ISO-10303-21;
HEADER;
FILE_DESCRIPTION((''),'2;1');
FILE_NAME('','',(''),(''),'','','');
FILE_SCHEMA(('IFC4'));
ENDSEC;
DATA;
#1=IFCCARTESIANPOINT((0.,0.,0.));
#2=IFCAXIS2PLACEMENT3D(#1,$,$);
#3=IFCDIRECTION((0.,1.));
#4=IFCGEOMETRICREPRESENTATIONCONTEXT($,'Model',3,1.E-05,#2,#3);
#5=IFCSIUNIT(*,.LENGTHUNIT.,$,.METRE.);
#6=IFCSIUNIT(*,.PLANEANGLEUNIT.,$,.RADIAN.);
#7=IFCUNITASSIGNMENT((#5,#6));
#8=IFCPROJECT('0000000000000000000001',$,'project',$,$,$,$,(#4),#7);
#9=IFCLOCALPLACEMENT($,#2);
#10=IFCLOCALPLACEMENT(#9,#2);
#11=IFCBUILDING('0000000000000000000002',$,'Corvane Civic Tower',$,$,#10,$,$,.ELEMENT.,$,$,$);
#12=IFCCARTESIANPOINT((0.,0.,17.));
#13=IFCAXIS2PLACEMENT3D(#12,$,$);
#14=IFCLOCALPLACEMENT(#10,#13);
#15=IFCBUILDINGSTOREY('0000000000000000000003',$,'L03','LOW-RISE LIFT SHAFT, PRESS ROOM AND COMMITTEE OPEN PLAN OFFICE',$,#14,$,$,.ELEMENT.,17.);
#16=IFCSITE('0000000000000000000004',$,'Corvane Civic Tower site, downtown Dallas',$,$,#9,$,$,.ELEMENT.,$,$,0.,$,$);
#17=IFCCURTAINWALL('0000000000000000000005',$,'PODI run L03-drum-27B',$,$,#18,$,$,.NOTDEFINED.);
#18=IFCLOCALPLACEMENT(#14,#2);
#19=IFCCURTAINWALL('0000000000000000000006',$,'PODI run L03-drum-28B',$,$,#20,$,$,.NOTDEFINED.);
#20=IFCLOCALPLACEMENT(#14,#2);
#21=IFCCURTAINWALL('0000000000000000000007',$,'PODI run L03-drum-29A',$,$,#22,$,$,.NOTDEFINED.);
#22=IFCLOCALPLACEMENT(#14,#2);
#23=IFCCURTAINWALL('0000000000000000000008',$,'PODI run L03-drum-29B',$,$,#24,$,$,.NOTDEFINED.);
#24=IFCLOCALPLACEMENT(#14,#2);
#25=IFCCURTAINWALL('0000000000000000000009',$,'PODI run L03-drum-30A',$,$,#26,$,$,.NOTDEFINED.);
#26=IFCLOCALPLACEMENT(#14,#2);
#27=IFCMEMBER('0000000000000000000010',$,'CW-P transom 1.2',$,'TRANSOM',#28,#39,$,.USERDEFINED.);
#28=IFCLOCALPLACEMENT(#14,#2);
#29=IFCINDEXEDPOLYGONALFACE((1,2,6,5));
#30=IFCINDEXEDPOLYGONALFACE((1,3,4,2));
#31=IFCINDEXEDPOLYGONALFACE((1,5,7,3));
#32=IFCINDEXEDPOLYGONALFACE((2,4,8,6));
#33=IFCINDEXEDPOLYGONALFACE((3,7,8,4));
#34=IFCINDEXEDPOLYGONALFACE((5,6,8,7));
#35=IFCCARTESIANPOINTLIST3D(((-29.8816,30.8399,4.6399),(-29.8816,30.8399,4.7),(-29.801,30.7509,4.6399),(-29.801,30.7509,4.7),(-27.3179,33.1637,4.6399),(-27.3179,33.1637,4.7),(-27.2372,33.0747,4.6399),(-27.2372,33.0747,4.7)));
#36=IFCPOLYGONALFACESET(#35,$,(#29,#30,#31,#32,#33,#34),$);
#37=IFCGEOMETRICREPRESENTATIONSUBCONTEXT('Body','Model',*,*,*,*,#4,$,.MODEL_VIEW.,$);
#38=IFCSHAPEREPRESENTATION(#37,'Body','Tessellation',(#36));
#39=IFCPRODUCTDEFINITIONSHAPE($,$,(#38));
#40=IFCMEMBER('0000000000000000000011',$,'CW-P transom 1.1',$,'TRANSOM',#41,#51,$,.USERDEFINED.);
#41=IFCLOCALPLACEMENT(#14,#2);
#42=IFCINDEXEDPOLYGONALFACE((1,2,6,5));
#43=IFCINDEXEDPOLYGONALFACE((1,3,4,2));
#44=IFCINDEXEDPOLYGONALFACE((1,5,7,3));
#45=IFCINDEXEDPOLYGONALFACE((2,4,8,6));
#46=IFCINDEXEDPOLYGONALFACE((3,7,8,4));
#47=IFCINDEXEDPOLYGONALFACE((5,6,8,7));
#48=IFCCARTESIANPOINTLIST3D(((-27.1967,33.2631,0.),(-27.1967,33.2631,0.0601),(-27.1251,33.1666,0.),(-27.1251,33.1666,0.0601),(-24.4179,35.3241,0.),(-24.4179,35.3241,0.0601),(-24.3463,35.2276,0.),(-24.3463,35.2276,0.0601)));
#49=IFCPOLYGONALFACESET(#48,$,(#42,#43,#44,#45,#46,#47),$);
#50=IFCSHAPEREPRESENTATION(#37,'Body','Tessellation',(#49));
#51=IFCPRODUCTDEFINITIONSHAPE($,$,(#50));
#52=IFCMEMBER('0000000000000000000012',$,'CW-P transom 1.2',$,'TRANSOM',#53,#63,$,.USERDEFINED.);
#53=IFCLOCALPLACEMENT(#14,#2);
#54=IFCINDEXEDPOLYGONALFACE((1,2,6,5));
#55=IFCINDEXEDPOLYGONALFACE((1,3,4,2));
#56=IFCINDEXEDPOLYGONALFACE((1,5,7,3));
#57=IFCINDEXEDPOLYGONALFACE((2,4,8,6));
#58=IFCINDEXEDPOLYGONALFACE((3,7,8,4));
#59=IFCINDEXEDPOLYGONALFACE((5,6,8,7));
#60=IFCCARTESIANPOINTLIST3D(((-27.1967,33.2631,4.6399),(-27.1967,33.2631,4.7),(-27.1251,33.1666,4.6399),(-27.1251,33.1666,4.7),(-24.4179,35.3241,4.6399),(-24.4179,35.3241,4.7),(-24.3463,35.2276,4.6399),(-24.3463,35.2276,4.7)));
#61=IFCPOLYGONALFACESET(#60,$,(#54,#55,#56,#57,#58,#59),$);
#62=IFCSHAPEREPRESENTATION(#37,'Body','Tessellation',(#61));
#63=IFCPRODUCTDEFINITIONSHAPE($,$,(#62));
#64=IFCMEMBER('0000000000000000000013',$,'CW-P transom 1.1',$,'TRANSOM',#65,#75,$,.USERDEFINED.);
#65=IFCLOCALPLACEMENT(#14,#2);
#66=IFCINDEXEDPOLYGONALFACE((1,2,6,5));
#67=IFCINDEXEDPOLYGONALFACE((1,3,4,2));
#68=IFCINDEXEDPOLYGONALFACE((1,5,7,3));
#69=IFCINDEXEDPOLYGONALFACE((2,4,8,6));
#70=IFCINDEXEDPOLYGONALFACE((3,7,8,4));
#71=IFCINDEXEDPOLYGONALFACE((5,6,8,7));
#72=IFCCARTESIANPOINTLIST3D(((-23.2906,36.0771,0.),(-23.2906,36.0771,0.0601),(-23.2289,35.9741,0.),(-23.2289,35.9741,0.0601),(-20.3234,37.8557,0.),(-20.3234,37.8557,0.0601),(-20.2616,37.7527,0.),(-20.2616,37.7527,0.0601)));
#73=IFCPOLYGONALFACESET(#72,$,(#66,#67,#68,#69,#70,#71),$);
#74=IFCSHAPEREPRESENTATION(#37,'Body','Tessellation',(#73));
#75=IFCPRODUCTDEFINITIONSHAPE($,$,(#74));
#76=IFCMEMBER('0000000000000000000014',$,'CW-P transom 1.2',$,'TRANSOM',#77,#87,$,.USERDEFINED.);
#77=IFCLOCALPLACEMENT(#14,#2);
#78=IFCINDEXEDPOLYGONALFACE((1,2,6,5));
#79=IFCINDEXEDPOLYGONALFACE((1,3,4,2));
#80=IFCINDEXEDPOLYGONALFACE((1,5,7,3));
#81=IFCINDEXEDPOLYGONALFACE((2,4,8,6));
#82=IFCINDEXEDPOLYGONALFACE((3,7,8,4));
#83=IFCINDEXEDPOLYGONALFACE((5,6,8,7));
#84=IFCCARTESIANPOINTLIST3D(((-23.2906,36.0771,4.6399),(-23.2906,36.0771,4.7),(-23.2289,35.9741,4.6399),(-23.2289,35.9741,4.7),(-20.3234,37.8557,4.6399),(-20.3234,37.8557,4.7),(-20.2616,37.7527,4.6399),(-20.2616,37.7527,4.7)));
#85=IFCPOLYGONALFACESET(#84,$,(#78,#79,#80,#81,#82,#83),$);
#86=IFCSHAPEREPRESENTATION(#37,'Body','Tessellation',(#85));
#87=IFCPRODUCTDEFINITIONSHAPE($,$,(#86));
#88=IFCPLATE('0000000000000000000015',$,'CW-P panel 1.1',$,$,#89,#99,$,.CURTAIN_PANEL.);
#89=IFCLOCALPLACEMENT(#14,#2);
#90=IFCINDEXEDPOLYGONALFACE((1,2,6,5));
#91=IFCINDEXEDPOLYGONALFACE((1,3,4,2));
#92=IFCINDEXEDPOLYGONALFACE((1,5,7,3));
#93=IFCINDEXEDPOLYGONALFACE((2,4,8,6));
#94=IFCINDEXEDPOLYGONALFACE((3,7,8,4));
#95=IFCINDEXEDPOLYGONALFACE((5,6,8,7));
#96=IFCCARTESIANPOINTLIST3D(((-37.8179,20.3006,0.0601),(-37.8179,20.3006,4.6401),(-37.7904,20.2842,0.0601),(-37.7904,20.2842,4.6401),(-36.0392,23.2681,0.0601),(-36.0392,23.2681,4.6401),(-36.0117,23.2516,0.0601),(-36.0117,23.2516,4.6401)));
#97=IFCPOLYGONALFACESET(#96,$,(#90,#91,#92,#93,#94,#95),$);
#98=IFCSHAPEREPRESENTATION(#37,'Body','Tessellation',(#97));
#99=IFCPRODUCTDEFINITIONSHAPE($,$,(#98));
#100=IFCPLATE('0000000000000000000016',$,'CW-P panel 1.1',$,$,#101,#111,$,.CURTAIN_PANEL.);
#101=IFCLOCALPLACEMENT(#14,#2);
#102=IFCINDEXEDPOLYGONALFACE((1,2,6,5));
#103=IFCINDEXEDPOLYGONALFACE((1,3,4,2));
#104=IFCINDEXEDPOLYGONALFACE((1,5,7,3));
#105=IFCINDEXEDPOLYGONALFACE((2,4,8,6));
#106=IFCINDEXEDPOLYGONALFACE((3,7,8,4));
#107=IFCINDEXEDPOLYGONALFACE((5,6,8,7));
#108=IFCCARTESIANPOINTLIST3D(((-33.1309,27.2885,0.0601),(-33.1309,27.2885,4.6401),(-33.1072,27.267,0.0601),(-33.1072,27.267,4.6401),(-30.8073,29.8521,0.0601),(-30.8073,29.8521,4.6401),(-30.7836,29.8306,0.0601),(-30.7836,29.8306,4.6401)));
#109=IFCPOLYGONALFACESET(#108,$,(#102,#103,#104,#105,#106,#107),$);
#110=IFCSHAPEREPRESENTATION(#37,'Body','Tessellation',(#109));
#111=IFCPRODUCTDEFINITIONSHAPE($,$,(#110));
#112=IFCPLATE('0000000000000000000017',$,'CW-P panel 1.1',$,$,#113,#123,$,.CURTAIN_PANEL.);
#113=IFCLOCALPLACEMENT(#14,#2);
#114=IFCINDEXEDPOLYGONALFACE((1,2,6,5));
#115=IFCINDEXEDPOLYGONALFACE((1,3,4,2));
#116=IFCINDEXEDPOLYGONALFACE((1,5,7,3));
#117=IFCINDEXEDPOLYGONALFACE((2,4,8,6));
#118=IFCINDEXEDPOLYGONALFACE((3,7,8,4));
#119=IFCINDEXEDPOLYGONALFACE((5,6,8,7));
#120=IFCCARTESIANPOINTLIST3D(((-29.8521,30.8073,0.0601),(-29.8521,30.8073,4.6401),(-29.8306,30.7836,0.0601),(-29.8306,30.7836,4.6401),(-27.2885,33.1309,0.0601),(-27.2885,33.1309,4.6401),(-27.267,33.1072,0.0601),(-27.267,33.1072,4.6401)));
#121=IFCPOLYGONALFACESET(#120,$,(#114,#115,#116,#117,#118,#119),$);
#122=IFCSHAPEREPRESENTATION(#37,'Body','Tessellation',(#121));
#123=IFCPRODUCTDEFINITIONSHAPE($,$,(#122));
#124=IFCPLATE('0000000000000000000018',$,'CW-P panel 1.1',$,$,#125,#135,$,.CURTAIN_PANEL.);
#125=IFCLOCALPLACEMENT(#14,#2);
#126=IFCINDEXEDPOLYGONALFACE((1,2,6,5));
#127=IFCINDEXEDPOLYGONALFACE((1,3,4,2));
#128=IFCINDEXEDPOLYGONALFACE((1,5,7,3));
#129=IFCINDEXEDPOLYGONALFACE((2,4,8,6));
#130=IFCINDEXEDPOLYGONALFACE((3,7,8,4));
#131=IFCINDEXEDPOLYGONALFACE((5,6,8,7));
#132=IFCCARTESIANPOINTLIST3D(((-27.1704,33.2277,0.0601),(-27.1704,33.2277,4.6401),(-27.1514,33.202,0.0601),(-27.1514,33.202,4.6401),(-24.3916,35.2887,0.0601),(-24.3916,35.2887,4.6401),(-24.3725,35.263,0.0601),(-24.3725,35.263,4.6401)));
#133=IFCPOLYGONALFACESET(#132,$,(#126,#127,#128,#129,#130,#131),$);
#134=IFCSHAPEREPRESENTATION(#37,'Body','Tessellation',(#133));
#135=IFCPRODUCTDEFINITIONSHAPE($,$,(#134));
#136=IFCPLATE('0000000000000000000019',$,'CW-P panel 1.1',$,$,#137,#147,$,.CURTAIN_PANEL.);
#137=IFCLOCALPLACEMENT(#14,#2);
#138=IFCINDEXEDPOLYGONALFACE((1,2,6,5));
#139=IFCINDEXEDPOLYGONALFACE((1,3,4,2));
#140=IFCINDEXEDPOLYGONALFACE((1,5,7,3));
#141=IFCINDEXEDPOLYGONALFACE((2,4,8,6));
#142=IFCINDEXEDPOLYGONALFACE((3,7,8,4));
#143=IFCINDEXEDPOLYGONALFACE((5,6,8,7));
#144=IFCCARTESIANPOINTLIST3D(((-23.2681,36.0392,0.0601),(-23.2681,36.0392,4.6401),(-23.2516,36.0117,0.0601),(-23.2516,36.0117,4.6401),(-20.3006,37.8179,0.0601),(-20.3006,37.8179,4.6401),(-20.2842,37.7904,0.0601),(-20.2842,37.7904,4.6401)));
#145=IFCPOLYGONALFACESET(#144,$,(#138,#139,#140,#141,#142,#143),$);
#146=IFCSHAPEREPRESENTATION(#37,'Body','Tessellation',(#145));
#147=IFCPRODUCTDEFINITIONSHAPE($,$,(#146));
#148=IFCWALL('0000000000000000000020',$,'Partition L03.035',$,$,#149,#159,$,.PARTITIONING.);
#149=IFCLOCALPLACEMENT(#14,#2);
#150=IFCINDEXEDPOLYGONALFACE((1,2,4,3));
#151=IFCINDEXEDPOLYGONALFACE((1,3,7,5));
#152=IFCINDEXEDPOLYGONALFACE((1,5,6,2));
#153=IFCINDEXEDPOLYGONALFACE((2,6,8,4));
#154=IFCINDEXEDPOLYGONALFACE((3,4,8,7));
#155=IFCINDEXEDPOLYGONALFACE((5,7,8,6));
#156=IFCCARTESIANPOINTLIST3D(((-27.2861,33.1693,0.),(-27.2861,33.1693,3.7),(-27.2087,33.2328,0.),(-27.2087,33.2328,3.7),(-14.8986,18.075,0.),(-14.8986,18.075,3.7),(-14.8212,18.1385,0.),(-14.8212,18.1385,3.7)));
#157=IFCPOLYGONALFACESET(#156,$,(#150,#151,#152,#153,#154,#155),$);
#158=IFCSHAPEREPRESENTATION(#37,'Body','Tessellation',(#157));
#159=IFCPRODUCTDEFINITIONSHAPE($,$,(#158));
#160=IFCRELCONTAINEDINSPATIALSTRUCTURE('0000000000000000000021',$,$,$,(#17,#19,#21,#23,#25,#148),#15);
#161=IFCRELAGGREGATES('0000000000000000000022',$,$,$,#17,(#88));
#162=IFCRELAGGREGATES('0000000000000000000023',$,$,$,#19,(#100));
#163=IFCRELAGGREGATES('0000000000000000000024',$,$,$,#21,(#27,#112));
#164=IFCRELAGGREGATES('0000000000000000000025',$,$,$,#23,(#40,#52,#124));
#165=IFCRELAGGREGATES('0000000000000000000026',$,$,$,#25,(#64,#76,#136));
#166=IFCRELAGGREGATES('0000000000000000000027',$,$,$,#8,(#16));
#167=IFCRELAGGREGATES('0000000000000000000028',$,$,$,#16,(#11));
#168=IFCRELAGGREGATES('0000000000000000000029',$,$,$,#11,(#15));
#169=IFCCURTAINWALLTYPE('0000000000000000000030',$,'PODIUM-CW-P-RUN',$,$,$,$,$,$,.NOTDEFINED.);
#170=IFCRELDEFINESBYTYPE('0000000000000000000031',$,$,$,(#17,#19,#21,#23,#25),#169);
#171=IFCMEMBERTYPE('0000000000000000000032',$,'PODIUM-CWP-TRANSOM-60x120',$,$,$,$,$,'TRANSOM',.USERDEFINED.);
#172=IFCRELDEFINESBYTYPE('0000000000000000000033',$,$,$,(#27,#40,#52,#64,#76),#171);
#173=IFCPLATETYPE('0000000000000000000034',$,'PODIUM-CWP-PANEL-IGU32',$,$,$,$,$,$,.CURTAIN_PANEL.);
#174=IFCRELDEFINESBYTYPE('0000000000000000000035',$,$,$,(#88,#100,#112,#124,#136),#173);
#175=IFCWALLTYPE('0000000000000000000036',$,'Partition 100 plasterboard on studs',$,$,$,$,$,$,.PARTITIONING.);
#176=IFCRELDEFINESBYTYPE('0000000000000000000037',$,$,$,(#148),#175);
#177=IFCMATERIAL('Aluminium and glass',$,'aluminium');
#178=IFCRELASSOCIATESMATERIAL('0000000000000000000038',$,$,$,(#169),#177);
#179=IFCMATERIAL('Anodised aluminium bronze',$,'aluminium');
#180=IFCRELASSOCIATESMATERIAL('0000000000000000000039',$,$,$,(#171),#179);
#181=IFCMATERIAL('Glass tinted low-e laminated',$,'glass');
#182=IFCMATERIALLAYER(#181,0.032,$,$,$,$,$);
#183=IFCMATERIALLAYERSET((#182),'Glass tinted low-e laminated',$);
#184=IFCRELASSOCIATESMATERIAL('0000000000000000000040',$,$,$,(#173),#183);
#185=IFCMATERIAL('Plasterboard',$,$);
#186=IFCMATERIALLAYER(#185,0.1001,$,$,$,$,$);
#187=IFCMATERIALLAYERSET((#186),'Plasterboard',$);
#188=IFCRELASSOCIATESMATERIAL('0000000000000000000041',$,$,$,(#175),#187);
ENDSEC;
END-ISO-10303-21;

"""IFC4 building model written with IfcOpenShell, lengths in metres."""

from ifc_helpers import new_model, si_unit, direction, frame, frame_2d, origin, origin_2d, place, context, subcontext, project, spatial, rectangle, extrude, material, layer, layer_set, material_profile, profile_set, type_object, element, aggregate, save


model = new_model("IFC4")

# Units and contexts
model_context = context("Model", 3, precision=1e-05, world=origin(), true_north=direction((0.0, 1.0)))
body_context = subcontext(model_context, "Body", "Model", "MODEL_VIEW")
ifc_project = project(units=[si_unit("LENGTHUNIT", "METRE"), si_unit("PLANEANGLEUNIT", "RADIAN")], contexts=[model_context])

# Site, building, storey
site_placement = place(None, origin())
site = spatial("IfcSite", under=ifc_project, at=site_placement, Name="Corvane Civic Tower site, downtown Dallas", CompositionType="ELEMENT", RefElevation=0.0)
building_placement = place(site_placement, origin())
building = spatial("IfcBuilding", under=site, at=building_placement, Name="Corvane Civic Tower", CompositionType="ELEMENT")
storey_placement = place(building_placement, frame((0.0, 0.0, 17.0)))
storey = spatial("IfcBuildingStorey", under=building, at=storey_placement, Name="L03", Description="LOW-RISE LIFT SHAFT, PRESS ROOM AND COMMITTEE OPEN PLAN OFFICE", CompositionType="ELEMENT", Elevation=17.0)

# Curtain wall
ifc_material_1 = material(Name="Aluminium and glass", Category="aluminium")
curtain_wall_type = type_object("IfcCurtainWallType", Name="PODIUM-CW-P-RUN", PredefinedType="NOTDEFINED", material=ifc_material_1)
curtain_wall_1_placement = place(storey_placement, origin())
curtain_wall_1 = element("IfcCurtainWall", 1, at=curtain_wall_1_placement, inside=storey, type_object=curtain_wall_type, Name="PODI run L03-drum-27B", PredefinedType="NOTDEFINED")

# Curtain walls
curtain_wall_2_placement = place(storey_placement, origin())
curtain_wall_2 = element("IfcCurtainWall", 2, at=curtain_wall_2_placement, inside=storey, type_object=curtain_wall_type, Name="PODI run L03-drum-28B", PredefinedType="NOTDEFINED")
curtain_wall_3_placement = place(storey_placement, origin())
curtain_wall_3 = element("IfcCurtainWall", 3, at=curtain_wall_3_placement, inside=storey, type_object=curtain_wall_type, Name="PODI run L03-drum-29A", PredefinedType="NOTDEFINED")
curtain_wall_4_placement = place(storey_placement, origin())
curtain_wall_4 = element("IfcCurtainWall", 4, at=curtain_wall_4_placement, inside=storey, type_object=curtain_wall_type, Name="PODI run L03-drum-29B", PredefinedType="NOTDEFINED")

# Curtain wall
curtain_wall_5_placement = place(storey_placement, origin())
curtain_wall_5 = element("IfcCurtainWall", 5, at=curtain_wall_5_placement, inside=storey, type_object=curtain_wall_type, Name="PODI run L03-drum-30A", PredefinedType="NOTDEFINED")

# Members
ifc_material_2 = material(Name="Anodised aluminium bronze", Category="aluminium")
ifc_material_profile_1 = material_profile(ifc_material_2, rectangle(XDim=0.1201, YDim=0.0601, at=origin_2d()), Name="AL 120x60")
ifc_profile_set_1 = profile_set([ifc_material_profile_1], Name="Anodised aluminium bronze")
member_type_1 = type_object("IfcMemberType", Name="PODIUM-CWP-TRANSOM-60x120", ElementType="TRANSOM", PredefinedType="USERDEFINED", material=ifc_profile_set_1)
member_1_placement = place(storey_placement, frame((-29.8413, 30.7954, 4.6699), z_axis=(0.740935, 0.671576, 0.0), x_axis=(-0.671576, 0.740935, 0.0)))
member_1 = element("IfcMember", 6, at=member_1_placement, type_object=member_type_1, Name="CW-P transom 1.2", ObjectType="TRANSOM", PredefinedType="USERDEFINED", context=body_context, shape_type="SweptSolid", body=[
    extrude(rectangle(XDim=0.1201, YDim=0.0601, at=origin_2d()), origin(), (0.0, 0.0, 1.0), 3.4602),
])
member_2_placement = place(storey_placement, frame((-27.1609, 33.2148, 0.03), z_axis=(0.80319, 0.595724, 0.0), x_axis=(-0.595724, 0.80319, 0.0)))
member_2 = element("IfcMember", 7, at=member_2_placement, type_object=member_type_1, Name="CW-P transom 1.1", ObjectType="TRANSOM", PredefinedType="USERDEFINED", context=body_context, shape_type="SweptSolid", body=[
    extrude(rectangle(XDim=0.1201, YDim=0.0601, at=origin_2d()), origin(), (0.0, 0.0, 1.0), 3.4597),
])
member_3_placement = place(storey_placement, frame((-27.1609, 33.2148, 4.6699), z_axis=(0.80319, 0.595724, 0.0), x_axis=(-0.595724, 0.80319, 0.0)))
member_3 = element("IfcMember", 8, at=member_3_placement, type_object=member_type_1, Name="CW-P transom 1.2", ObjectType="TRANSOM", PredefinedType="USERDEFINED", context=body_context, shape_type="SweptSolid", body=[
    extrude(rectangle(XDim=0.1201, YDim=0.0601, at=origin_2d()), origin(), (0.0, 0.0, 1.0), 3.4597),
])
member_4_placement = place(storey_placement, frame((-23.2598, 36.0256, 0.03), z_axis=(0.857723, 0.514112, 0.0), x_axis=(-0.514112, 0.857723, 0.0)))
member_4 = element("IfcMember", 9, at=member_4_placement, type_object=member_type_1, Name="CW-P transom 1.1", ObjectType="TRANSOM", PredefinedType="USERDEFINED", context=body_context, shape_type="SweptSolid", body=[
    extrude(rectangle(XDim=0.1201, YDim=0.0601, at=origin_2d()), origin(), (0.0, 0.0, 1.0), 3.4595),
])
member_5_placement = place(storey_placement, frame((-23.2598, 36.0256, 4.6699), z_axis=(0.857723, 0.514112, 0.0), x_axis=(-0.514112, 0.857723, 0.0)))
member_5 = element("IfcMember", 10, at=member_5_placement, type_object=member_type_1, Name="CW-P transom 1.2", ObjectType="TRANSOM", PredefinedType="USERDEFINED", context=body_context, shape_type="SweptSolid", body=[
    extrude(rectangle(XDim=0.1201, YDim=0.0601, at=origin_2d()), origin(), (0.0, 0.0, 1.0), 3.4595),
])

# Plates
ifc_material_3 = material(Name="Glass tinted low-e laminated", Category="glass")
ifc_layer_1 = layer(ifc_material_3, 0.032)
ifc_layer_set_1 = layer_set([ifc_layer_1], Name="Glass tinted low-e laminated")
plate_type = type_object("IfcPlateType", Name="PODIUM-CWP-PANEL-IGU32", PredefinedType="CURTAIN_PANEL", material=ifc_layer_set_1)
plate_1_placement = place(storey_placement, frame((-36.9148, 21.7761, 0.0601), z_axis=(0.0, 0.0, 1.0), x_axis=(0.514118, 0.85772, 0.0)))
plate_1 = element("IfcPlate", 11, at=plate_1_placement, type_object=plate_type, Name="CW-P panel 1.1", PredefinedType="CURTAIN_PANEL", context=body_context, shape_type="SweptSolid", body=[
    extrude(rectangle(XDim=3.4597, YDim=0.032, at=origin_2d()), origin(), (0.0, 0.0, 1.0), 4.5801),
])
aggregate(curtain_wall_1, [plate_1])
plate_2_placement = place(storey_placement, frame((-31.9573, 28.5596, 0.0601), z_axis=(0.0, 0.0, 1.0), x_axis=(0.671576, 0.740935, 0.0)))
plate_2 = element("IfcPlate", 12, at=plate_2_placement, type_object=plate_type, Name="CW-P panel 1.1", PredefinedType="CURTAIN_PANEL", context=body_context, shape_type="SweptSolid", body=[
    extrude(rectangle(XDim=3.46, YDim=0.032, at=origin_2d()), origin(), (0.0, 0.0, 1.0), 4.5801),
])
aggregate(curtain_wall_2, [plate_2])
plate_3_placement = place(storey_placement, frame((-28.5596, 31.9573, 0.0601), z_axis=(0.0, 0.0, 1.0), x_axis=(0.740935, 0.671576, 0.0)))
plate_3 = element("IfcPlate", 13, at=plate_3_placement, type_object=plate_type, Name="CW-P panel 1.1", PredefinedType="CURTAIN_PANEL", context=body_context, shape_type="SweptSolid", body=[
    extrude(rectangle(XDim=3.46, YDim=0.032, at=origin_2d()), origin(), (0.0, 0.0, 1.0), 4.5801),
])
aggregate(curtain_wall_3, [member_1, plate_3])
plate_4_placement = place(storey_placement, frame((-25.7715, 34.2454, 0.0601), z_axis=(0.0, 0.0, 1.0), x_axis=(0.803203, 0.595705, 0.0)))
plate_4 = element("IfcPlate", 14, at=plate_4_placement, type_object=plate_type, Name="CW-P panel 1.1", PredefinedType="CURTAIN_PANEL", context=body_context, shape_type="SweptSolid", body=[
    extrude(rectangle(XDim=3.4597, YDim=0.032, at=origin_2d()), origin(), (0.0, 0.0, 1.0), 4.5801),
])
aggregate(curtain_wall_4, [member_2, member_3, plate_4])
plate_5_placement = place(storey_placement, frame((-21.7761, 36.9148, 0.0601), z_axis=(0.0, 0.0, 1.0), x_axis=(0.85772, 0.514118, 0.0)))
plate_5 = element("IfcPlate", 15, at=plate_5_placement, type_object=plate_type, Name="CW-P panel 1.1", PredefinedType="CURTAIN_PANEL", context=body_context, shape_type="SweptSolid", body=[
    extrude(rectangle(XDim=3.4597, YDim=0.032, at=origin_2d()), origin(), (0.0, 0.0, 1.0), 4.5801),
])
aggregate(curtain_wall_5, [member_4, member_5, plate_5])

# Wall
ifc_material_4 = material(Name="Plasterboard")
ifc_layer_2 = layer(ifc_material_4, 0.1001)
ifc_layer_set_2 = layer_set([ifc_layer_2], Name="Plasterboard")
wall_type_1 = type_object("IfcWallType", Name="Partition 100 plasterboard on studs", PredefinedType="PARTITIONING", material=ifc_layer_set_2)
wall_1_placement = place(storey_placement, frame((-27.2473, 33.2009, 0.0), z_axis=(0.0, 0.0, 1.0), x_axis=(0.634391, -0.773012, 0.0)))
element("IfcWall", 16, at=wall_1_placement, inside=storey, type_object=wall_type_1, Name="Partition L03.035", PredefinedType="PARTITIONING", context=body_context, shape_type="SweptSolid", body=[
    extrude(rectangle(XDim=19.5266, YDim=0.1001, at=frame_2d((9.7632, 0.0))), origin(), (0.0, 0.0, 1.0), 3.7),
])

save(model, "model.ifc")
